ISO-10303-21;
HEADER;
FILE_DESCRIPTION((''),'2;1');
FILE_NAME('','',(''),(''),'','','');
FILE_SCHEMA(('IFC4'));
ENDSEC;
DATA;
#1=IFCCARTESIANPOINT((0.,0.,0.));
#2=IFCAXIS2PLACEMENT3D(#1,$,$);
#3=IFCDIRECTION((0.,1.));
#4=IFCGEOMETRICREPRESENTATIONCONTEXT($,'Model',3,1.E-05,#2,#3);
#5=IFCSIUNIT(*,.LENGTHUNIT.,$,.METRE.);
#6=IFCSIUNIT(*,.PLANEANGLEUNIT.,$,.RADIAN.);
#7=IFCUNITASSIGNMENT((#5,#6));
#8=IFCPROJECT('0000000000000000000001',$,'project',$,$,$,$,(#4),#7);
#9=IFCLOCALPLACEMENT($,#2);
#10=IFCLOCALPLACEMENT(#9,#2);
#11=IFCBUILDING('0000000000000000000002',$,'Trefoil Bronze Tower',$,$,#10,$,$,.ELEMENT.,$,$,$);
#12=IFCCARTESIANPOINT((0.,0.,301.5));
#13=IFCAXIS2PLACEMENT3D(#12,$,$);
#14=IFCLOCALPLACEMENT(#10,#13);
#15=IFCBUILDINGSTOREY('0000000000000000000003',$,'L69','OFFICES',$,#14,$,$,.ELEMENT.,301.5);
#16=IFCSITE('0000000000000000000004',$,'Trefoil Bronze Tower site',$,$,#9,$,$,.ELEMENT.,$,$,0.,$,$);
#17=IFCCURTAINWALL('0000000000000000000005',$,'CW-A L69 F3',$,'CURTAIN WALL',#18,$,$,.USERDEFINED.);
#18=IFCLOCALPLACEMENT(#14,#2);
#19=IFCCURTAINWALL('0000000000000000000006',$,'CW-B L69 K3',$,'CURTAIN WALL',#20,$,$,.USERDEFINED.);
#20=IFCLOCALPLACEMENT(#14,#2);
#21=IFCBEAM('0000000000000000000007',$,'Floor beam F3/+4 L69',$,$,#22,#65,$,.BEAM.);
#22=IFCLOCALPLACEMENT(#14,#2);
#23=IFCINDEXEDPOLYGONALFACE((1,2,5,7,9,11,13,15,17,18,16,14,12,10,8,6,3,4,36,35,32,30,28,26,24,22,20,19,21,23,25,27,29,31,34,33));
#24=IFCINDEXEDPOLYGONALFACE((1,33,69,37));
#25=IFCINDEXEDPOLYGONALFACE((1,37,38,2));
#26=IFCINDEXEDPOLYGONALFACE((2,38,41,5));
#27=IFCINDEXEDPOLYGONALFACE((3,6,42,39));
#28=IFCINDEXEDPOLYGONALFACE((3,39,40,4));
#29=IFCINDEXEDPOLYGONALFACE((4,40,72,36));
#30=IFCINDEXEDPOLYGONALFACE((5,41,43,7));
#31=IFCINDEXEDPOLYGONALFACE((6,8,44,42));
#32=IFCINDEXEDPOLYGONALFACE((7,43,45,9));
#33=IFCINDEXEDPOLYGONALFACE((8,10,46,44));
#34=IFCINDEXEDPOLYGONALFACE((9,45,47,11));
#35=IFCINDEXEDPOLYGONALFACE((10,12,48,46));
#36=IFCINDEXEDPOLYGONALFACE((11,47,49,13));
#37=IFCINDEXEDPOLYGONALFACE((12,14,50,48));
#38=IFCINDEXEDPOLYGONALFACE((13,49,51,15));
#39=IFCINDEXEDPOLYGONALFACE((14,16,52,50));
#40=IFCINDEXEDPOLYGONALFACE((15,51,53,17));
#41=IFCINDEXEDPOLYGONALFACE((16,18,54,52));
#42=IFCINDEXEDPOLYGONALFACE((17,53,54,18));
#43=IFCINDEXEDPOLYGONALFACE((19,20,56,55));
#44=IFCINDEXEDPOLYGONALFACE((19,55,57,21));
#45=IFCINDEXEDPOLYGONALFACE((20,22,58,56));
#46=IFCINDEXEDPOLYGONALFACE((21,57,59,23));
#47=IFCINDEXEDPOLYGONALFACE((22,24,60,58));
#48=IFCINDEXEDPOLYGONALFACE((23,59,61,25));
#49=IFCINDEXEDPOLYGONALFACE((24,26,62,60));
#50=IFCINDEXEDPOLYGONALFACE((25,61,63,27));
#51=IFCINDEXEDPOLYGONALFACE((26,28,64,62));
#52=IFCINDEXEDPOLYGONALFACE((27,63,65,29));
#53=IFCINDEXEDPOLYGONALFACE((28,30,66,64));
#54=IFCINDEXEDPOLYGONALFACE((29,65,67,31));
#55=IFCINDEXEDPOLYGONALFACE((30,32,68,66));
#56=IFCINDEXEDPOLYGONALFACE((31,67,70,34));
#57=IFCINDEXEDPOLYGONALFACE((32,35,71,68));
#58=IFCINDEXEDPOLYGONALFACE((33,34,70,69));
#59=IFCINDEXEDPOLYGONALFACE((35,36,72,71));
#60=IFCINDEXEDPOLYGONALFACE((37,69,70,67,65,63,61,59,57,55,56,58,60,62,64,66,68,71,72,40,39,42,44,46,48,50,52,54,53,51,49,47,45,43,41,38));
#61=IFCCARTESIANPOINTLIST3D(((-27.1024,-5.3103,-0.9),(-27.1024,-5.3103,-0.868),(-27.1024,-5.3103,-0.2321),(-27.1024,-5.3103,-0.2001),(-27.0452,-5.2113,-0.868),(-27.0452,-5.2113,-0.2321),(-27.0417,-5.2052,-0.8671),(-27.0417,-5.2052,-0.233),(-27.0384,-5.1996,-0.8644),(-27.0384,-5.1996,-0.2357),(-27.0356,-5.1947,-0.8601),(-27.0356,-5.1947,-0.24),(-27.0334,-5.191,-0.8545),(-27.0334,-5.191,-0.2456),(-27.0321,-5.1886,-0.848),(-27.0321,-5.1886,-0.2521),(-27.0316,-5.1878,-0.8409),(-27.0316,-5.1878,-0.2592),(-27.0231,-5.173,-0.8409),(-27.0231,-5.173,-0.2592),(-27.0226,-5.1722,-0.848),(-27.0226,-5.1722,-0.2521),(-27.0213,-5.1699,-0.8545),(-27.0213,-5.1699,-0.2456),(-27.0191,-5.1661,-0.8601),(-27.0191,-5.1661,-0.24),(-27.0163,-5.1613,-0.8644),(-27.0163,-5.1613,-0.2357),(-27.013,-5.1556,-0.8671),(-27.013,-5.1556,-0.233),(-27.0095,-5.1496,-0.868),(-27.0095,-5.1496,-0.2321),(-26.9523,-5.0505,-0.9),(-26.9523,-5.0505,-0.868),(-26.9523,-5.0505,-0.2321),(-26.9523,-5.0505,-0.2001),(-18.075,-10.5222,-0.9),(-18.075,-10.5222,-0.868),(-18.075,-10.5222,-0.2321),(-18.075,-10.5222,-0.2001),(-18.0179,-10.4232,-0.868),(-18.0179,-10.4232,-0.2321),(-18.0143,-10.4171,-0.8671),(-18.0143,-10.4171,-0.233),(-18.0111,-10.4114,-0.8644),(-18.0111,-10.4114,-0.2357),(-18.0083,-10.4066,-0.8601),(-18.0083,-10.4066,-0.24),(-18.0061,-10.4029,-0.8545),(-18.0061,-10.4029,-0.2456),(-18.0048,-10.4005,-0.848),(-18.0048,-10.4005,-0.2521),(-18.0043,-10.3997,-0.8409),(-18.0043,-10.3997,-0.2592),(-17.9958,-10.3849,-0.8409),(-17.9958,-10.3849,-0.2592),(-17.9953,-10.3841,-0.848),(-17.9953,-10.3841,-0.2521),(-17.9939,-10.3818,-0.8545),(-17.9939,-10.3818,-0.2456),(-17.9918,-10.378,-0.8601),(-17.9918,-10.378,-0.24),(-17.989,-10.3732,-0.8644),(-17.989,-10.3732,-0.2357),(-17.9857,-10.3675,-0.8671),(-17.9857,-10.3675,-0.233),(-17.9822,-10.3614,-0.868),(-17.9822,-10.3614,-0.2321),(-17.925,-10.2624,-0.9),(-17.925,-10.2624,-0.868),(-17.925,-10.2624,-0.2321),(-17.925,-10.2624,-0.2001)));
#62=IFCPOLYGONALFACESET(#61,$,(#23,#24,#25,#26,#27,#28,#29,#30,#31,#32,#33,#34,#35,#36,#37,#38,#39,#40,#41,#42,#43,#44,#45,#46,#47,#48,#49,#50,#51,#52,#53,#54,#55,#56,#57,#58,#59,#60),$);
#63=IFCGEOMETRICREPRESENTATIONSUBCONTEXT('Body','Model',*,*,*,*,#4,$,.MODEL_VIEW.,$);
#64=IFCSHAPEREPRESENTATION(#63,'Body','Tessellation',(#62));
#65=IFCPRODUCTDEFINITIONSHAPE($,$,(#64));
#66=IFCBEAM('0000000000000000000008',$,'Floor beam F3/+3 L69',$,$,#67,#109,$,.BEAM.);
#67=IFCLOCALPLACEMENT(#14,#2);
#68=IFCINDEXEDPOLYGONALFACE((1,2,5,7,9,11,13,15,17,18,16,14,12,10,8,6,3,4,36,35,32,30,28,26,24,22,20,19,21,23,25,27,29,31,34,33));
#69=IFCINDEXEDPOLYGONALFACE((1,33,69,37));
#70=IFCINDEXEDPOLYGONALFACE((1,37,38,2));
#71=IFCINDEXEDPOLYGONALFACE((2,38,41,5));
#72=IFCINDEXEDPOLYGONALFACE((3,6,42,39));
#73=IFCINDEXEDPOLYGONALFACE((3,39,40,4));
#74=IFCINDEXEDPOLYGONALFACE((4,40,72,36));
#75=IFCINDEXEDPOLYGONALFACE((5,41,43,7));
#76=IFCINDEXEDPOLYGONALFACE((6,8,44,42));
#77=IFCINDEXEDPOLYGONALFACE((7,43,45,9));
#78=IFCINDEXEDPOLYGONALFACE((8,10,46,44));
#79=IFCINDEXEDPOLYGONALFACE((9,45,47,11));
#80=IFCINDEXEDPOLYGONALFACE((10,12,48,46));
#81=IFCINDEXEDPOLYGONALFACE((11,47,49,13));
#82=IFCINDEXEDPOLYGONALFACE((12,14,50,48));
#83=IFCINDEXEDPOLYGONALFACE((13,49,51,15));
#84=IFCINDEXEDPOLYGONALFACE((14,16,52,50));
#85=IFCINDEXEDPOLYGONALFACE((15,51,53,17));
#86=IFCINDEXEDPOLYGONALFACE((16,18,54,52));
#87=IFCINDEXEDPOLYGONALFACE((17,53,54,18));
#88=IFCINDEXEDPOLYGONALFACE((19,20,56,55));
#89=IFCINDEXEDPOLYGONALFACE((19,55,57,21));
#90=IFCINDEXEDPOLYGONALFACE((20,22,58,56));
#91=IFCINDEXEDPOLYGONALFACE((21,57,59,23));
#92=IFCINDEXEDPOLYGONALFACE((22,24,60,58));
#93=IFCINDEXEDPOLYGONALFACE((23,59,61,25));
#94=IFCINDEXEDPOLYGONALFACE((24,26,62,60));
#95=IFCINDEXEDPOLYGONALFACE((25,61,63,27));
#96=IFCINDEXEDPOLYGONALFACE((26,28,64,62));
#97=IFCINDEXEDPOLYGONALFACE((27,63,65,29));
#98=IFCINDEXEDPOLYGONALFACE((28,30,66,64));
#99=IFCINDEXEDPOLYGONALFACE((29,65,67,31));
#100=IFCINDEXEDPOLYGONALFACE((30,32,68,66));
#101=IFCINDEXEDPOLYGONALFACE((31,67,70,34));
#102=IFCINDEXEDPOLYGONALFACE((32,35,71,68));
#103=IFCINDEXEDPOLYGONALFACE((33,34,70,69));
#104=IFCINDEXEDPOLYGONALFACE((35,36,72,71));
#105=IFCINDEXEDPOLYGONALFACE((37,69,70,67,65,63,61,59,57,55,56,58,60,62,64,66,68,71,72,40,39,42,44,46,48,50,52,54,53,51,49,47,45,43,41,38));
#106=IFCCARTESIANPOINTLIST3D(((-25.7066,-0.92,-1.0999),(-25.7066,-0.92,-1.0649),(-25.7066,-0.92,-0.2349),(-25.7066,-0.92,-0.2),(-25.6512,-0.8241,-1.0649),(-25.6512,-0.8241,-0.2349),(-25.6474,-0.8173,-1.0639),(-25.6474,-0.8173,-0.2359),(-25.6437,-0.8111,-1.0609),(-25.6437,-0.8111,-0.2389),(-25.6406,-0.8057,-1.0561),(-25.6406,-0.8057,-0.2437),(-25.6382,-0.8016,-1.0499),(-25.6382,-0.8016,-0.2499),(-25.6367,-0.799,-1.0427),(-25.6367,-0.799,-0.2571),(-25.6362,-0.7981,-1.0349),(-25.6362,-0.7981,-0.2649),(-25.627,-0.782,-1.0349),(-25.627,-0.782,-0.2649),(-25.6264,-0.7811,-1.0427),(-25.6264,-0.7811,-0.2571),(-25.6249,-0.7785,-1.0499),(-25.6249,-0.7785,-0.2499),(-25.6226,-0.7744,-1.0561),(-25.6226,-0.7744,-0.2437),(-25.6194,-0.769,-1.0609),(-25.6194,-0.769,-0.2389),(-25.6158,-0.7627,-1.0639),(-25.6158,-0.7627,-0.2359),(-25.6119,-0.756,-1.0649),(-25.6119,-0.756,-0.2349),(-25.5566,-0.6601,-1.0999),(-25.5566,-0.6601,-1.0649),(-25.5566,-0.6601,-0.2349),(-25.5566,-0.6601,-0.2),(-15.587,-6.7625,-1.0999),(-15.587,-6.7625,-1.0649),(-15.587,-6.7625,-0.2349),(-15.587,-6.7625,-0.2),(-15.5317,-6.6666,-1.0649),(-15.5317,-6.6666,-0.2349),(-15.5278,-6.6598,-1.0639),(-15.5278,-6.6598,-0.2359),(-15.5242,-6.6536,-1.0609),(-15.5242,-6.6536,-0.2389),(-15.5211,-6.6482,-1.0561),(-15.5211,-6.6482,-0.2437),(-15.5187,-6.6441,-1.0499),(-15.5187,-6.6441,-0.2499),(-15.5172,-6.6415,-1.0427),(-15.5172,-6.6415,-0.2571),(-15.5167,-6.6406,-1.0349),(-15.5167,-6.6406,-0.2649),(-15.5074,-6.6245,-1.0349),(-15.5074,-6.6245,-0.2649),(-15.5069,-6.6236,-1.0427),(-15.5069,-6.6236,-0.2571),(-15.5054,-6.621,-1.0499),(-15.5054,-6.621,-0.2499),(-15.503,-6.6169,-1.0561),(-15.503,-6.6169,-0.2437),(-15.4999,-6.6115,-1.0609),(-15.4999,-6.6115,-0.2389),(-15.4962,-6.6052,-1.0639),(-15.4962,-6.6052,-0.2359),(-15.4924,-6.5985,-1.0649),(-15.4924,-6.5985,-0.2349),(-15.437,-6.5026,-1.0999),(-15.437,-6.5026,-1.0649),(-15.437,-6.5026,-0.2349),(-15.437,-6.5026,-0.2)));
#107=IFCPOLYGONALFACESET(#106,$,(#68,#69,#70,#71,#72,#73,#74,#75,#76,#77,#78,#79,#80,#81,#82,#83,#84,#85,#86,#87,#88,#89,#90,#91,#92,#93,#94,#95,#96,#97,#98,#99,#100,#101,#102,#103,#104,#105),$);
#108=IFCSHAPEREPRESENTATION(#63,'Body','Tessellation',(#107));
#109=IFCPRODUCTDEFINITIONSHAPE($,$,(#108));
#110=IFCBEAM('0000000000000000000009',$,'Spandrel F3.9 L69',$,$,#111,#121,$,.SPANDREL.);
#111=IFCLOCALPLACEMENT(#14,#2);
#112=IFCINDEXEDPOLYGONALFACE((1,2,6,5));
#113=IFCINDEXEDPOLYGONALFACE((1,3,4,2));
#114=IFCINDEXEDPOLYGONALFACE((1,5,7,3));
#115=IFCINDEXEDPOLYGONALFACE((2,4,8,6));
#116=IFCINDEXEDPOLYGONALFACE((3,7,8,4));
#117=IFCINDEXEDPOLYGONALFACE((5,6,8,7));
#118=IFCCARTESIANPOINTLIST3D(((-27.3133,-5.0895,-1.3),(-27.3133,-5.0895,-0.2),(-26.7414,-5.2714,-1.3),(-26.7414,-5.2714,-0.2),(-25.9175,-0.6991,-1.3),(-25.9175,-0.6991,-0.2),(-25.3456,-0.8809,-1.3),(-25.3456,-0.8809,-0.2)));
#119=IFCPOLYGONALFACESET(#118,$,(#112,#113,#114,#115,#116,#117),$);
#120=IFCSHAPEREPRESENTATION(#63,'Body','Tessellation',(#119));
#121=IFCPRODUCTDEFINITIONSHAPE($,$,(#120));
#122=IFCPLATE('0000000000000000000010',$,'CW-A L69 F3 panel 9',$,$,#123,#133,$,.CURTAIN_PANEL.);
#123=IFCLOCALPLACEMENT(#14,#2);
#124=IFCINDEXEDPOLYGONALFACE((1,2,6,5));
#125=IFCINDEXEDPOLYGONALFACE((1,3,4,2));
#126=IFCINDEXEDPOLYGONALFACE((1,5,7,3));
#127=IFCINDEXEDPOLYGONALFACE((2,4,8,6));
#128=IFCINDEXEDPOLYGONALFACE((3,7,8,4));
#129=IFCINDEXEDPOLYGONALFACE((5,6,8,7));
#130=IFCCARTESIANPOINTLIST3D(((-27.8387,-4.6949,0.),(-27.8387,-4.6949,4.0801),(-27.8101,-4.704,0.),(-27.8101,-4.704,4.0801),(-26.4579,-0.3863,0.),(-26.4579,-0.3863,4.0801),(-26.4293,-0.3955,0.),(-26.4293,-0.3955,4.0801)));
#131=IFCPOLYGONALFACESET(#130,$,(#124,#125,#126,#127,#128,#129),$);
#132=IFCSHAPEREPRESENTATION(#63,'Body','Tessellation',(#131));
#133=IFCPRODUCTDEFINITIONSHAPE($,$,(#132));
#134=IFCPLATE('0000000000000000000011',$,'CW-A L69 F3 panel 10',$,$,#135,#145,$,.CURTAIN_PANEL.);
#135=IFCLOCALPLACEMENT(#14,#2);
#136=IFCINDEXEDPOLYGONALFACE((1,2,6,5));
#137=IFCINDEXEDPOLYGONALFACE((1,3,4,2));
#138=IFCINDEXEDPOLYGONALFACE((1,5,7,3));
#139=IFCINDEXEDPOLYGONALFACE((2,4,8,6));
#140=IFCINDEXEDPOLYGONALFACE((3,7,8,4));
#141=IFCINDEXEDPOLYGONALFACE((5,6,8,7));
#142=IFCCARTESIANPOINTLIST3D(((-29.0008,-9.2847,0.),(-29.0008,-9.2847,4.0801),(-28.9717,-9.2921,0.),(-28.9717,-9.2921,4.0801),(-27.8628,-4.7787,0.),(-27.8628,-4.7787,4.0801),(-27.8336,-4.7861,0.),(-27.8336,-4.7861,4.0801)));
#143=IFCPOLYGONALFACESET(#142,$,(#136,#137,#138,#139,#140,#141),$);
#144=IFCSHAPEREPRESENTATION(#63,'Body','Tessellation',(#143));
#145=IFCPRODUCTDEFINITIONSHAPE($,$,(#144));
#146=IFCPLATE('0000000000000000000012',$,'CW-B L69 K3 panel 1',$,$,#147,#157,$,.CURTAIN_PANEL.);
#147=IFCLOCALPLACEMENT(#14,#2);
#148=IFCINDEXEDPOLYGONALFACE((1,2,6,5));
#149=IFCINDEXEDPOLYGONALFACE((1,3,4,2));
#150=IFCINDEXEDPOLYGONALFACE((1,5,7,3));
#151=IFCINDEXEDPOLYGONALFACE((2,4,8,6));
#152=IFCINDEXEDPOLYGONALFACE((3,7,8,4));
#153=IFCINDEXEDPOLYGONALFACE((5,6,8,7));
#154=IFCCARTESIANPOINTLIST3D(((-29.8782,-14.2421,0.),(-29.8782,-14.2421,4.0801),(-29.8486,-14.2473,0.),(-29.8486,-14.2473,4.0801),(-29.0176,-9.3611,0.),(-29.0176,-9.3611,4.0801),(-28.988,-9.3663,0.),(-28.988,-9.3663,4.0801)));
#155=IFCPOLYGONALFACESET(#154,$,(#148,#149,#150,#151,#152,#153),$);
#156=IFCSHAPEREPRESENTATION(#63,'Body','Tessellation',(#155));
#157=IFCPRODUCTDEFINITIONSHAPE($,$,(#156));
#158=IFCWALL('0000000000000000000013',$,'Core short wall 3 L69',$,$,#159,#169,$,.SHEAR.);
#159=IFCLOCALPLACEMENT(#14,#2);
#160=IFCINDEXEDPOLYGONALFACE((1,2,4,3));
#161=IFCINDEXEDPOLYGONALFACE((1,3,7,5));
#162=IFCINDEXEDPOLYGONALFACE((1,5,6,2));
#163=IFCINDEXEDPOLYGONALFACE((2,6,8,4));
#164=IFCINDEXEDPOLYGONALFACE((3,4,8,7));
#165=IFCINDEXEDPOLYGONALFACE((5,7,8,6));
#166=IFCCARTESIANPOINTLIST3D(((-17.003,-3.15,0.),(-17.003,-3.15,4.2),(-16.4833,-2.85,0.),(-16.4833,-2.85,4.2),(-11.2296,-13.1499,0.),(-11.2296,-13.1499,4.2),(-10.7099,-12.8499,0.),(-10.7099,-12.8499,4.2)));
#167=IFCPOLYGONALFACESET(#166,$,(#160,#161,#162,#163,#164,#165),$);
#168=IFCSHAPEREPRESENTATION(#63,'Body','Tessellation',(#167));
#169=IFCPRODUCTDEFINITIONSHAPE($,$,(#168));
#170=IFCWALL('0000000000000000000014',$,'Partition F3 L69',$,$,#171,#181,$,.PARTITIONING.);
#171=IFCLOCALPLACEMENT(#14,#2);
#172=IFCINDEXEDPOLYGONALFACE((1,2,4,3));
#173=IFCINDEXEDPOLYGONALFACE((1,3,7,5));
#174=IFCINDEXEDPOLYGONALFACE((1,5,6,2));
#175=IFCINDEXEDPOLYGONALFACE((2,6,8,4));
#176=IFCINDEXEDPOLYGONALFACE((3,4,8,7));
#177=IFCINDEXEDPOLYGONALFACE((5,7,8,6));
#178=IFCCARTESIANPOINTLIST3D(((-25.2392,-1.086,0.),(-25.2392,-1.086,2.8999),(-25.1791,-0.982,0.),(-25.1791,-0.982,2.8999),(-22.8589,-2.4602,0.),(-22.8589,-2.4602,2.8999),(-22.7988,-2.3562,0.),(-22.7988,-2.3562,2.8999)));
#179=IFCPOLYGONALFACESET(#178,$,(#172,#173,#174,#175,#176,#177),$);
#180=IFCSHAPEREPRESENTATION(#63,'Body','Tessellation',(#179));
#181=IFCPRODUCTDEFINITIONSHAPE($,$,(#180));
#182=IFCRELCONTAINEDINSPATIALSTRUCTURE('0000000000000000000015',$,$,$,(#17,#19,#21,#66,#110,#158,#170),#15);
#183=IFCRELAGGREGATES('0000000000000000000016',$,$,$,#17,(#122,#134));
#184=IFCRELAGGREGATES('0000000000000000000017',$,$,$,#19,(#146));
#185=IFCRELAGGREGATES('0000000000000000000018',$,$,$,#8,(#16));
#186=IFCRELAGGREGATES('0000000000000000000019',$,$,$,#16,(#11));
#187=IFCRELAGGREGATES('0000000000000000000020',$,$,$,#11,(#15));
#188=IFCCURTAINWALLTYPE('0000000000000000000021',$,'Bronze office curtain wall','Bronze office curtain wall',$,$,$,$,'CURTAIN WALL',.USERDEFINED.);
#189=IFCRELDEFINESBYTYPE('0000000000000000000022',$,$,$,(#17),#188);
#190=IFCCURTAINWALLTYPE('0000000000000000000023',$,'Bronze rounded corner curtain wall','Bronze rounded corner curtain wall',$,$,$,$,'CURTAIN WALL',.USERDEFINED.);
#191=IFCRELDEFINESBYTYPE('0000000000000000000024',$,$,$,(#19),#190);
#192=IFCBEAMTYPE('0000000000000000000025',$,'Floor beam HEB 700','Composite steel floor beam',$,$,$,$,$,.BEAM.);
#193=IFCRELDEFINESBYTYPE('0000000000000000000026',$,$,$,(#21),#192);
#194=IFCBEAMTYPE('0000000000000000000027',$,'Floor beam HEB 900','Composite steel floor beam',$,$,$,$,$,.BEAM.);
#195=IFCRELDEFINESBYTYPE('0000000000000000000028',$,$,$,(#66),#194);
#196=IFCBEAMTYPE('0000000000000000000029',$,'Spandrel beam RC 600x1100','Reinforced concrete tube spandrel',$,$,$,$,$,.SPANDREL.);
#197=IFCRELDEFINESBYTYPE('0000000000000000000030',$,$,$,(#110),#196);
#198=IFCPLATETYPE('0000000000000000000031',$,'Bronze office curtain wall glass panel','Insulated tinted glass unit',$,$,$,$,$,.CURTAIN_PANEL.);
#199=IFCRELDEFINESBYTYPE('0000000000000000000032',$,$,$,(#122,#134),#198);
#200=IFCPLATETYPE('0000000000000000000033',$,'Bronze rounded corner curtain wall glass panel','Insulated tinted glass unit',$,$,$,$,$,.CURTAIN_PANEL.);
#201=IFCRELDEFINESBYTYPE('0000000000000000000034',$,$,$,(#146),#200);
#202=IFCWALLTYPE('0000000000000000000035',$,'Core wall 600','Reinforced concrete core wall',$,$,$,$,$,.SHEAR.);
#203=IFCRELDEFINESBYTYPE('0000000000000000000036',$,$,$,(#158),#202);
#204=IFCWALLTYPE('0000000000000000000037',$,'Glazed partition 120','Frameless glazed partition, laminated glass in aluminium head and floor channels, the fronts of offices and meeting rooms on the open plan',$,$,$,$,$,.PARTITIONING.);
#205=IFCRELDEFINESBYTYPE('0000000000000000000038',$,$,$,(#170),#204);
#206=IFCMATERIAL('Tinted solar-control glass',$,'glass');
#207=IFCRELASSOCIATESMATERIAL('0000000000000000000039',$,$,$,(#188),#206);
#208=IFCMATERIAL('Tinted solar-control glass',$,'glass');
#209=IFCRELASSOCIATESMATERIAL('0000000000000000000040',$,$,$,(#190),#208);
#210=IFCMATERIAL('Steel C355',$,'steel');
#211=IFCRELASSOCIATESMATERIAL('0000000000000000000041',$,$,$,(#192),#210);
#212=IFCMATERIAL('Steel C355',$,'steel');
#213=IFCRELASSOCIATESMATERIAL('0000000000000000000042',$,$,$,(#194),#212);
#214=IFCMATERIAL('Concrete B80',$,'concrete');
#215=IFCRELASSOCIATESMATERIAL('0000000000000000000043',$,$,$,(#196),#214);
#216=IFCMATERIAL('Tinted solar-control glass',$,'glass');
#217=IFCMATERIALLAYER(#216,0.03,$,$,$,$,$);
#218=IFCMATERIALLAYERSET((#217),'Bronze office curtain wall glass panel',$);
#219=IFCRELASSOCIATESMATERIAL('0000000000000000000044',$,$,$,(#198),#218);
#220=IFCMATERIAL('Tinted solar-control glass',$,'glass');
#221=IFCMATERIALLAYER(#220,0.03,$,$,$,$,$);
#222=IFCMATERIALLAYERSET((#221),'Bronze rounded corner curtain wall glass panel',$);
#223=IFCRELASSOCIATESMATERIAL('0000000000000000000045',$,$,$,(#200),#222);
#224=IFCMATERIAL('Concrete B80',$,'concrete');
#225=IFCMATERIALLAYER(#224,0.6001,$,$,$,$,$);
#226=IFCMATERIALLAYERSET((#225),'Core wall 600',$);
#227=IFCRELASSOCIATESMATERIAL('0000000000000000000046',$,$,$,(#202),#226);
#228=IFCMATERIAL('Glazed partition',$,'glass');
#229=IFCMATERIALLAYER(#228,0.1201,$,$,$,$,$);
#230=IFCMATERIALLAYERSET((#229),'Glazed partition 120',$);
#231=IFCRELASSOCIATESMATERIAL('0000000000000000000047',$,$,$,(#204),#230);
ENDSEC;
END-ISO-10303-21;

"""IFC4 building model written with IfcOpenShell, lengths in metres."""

from ifc_helpers import new_model, si_unit, direction, frame, frame_2d, origin, origin_2d, place, context, subcontext, project, spatial, rectangle, i_section, extrude, material, layer, layer_set, material_profile, profile_set, type_object, element, aggregate, save


model = new_model("IFC4")

# Units and contexts
model_context = context("Model", 3, precision=1e-05, world=origin(), true_north=direction((0.0, 1.0)))
body_context = subcontext(model_context, "Body", "Model", "MODEL_VIEW")
ifc_project = project(units=[si_unit("LENGTHUNIT", "METRE"), si_unit("PLANEANGLEUNIT", "RADIAN")], contexts=[model_context])

# Site, building, storey
site_placement = place(None, origin())
site = spatial("IfcSite", under=ifc_project, at=site_placement, Name="Trefoil Bronze Tower site", CompositionType="ELEMENT", RefElevation=0.0)
building_placement = place(site_placement, origin())
building = spatial("IfcBuilding", under=site, at=building_placement, Name="Trefoil Bronze Tower", CompositionType="ELEMENT")
storey_placement = place(building_placement, frame((0.0, 0.0, 301.5)))
storey = spatial("IfcBuildingStorey", under=building, at=storey_placement, Name="L69", Description="OFFICES", CompositionType="ELEMENT", Elevation=301.5)

# Curtain walls
ifc_material_1 = material(Name="Tinted solar-control glass", Category="glass")
curtain_wall_type_1 = type_object("IfcCurtainWallType", Name="Bronze office curtain wall", Description="Bronze office curtain wall", ElementType="CURTAIN WALL", PredefinedType="USERDEFINED", material=ifc_material_1)
curtain_wall_1_placement = place(storey_placement, origin())
curtain_wall_1 = element("IfcCurtainWall", 1, at=curtain_wall_1_placement, inside=storey, type_object=curtain_wall_type_1, Name="CW-A L69 F3", ObjectType="CURTAIN WALL", PredefinedType="USERDEFINED")
ifc_material_2 = material(Name="Tinted solar-control glass", Category="glass")
curtain_wall_type_2 = type_object("IfcCurtainWallType", Name="Bronze rounded corner curtain wall", Description="Bronze rounded corner curtain wall", ElementType="CURTAIN WALL", PredefinedType="USERDEFINED", material=ifc_material_2)
curtain_wall_2_placement = place(storey_placement, origin())
curtain_wall_2 = element("IfcCurtainWall", 2, at=curtain_wall_2_placement, inside=storey, type_object=curtain_wall_type_2, Name="CW-B L69 K3", ObjectType="CURTAIN WALL", PredefinedType="USERDEFINED")

# Beams
ifc_material_3 = material(Name="Steel C355", Category="steel")
ifc_material_profile_1 = material_profile(ifc_material_3, i_section(OverallWidth=0.3, OverallDepth=0.7, WebThickness=0.0171, FlangeThickness=0.032, FilletRadius=0.0271, at=origin_2d()), Name="HEB 700")
ifc_profile_set_1 = profile_set([ifc_material_profile_1], Name="Steel C355")
beam_type_1 = type_object("IfcBeamType", Name="Floor beam HEB 700", Description="Composite steel floor beam", PredefinedType="BEAM", material=ifc_profile_set_1)
beam_1_placement = place(storey_placement, frame((-27.0273, -5.1804, -0.55), z_axis=(0.866026, -0.499998, 0.0), x_axis=(0.499998, 0.866026, 0.0)))
element("IfcBeam", 3, at=beam_1_placement, inside=storey, type_object=beam_type_1, Name="Floor beam F3/+4 L69", PredefinedType="BEAM", context=body_context, shape_type="SweptSolid", body=[
    extrude(i_section(OverallWidth=0.3, OverallDepth=0.7, WebThickness=0.0171, FlangeThickness=0.032, FilletRadius=0.0271, at=origin_2d()), origin(), (0.0, 0.0, 1.0), 10.4238),
])
ifc_material_4 = material(Name="Steel C355", Category="steel")
ifc_material_profile_2 = material_profile(ifc_material_4, i_section(OverallWidth=0.3, OverallDepth=0.8999, WebThickness=0.0186, FlangeThickness=0.0349, FilletRadius=0.03, at=origin_2d()), Name="HEB 900")
ifc_profile_set_2 = profile_set([ifc_material_profile_2], Name="Steel C355")
beam_type_2 = type_object("IfcBeamType", Name="Floor beam HEB 900", Description="Composite steel floor beam", PredefinedType="BEAM", material=ifc_profile_set_2)
beam_2_placement = place(storey_placement, frame((-25.6316, -0.79, -0.6499), z_axis=(0.866027, -0.499997, 0.0), x_axis=(0.499997, 0.866027, 0.0)))
element("IfcBeam", 4, at=beam_2_placement, inside=storey, type_object=beam_type_2, Name="Floor beam F3/+3 L69", PredefinedType="BEAM", context=body_context, shape_type="SweptSolid", body=[
    extrude(i_section(OverallWidth=0.3, OverallDepth=0.8999, WebThickness=0.0186, FlangeThickness=0.0349, FilletRadius=0.03, at=origin_2d()), origin(), (0.0, 0.0, 1.0), 11.6851),
])
ifc_material_5 = material(Name="Concrete B80", Category="concrete")
ifc_material_profile_3 = material_profile(ifc_material_5, rectangle(XDim=0.6001, YDim=1.1001, at=origin_2d()), Name="RC 600x1100")
ifc_profile_set_3 = profile_set([ifc_material_profile_3], Name="Concrete B80")
beam_type_3 = type_object("IfcBeamType", Name="Spandrel beam RC 600x1100", Description="Reinforced concrete tube spandrel", PredefinedType="SPANDREL", material=ifc_profile_set_3)
beam_3_placement = place(storey_placement, frame((-25.6316, -0.79, -0.75), z_axis=(-0.30297, -0.953, 0.0), x_axis=(0.953, -0.30297, 0.0)))
element("IfcBeam", 5, at=beam_3_placement, inside=storey, type_object=beam_type_3, Name="Spandrel F3.9 L69", PredefinedType="SPANDREL", context=body_context, shape_type="SweptSolid", body=[
    extrude(rectangle(XDim=0.6001, YDim=1.1001, at=origin_2d()), origin(), (0.0, 0.0, 1.0), 4.6069),
])

# Plates
ifc_material_6 = material(Name="Tinted solar-control glass", Category="glass")
ifc_layer_1 = layer(ifc_material_6, 0.03)
ifc_layer_set_1 = layer_set([ifc_layer_1], Name="Bronze office curtain wall glass panel")
plate_type_1 = type_object("IfcPlateType", Name="Bronze office curtain wall glass panel", Description="Insulated tinted glass unit", PredefinedType="CURTAIN_PANEL", material=ifc_layer_set_1)
plate_1_placement = place(storey_placement, frame((-27.134, -2.5452, 0.0), z_axis=(0.0, 0.0, 1.0), x_axis=(-0.305188, -0.952292, 0.0)))
plate_1 = element("IfcPlate", 6, at=plate_1_placement, type_object=plate_type_1, Name="CW-A L69 F3 panel 9", PredefinedType="CURTAIN_PANEL", context=body_context, shape_type="SweptSolid", body=[
    extrude(rectangle(XDim=4.5244, YDim=0.03, at=origin_2d()), origin(), (0.0, 0.0, 1.0), 4.0801),
])
plate_2_placement = place(storey_placement, frame((-28.4172, -7.0354, 0.0), z_axis=(0.0, 0.0, 1.0), x_axis=(-0.24488, -0.969554, 0.0)))
plate_2 = element("IfcPlate", 7, at=plate_2_placement, type_object=plate_type_1, Name="CW-A L69 F3 panel 10", PredefinedType="CURTAIN_PANEL", context=body_context, shape_type="SweptSolid", body=[
    extrude(rectangle(XDim=4.6475, YDim=0.03, at=origin_2d()), origin(), (0.0, 0.0, 1.0), 4.0801),
])
aggregate(curtain_wall_1, [plate_1, plate_2])
ifc_material_7 = material(Name="Tinted solar-control glass", Category="glass")
ifc_layer_2 = layer(ifc_material_7, 0.03)
ifc_layer_set_2 = layer_set([ifc_layer_2], Name="Bronze rounded corner curtain wall glass panel")
plate_type_2 = type_object("IfcPlateType", Name="Bronze rounded corner curtain wall glass panel", Description="Insulated tinted glass unit", PredefinedType="CURTAIN_PANEL", material=ifc_layer_set_2)
plate_3_placement = place(storey_placement, frame((-29.4331, -11.8042, 0.0), z_axis=(0.0, 0.0, 1.0), x_axis=(-0.173648, -0.984808, 0.0)))
plate_3 = element("IfcPlate", 8, at=plate_3_placement, type_object=plate_type_2, Name="CW-B L69 K3 panel 1", PredefinedType="CURTAIN_PANEL", context=body_context, shape_type="SweptSolid", body=[
    extrude(rectangle(XDim=4.9563, YDim=0.03, at=origin_2d()), origin(), (0.0, 0.0, 1.0), 4.0801),
])
aggregate(curtain_wall_2, [plate_3])

# Walls
ifc_material_8 = material(Name="Concrete B80", Category="concrete")
ifc_layer_3 = layer(ifc_material_8, 0.6001)
ifc_layer_set_3 = layer_set([ifc_layer_3], Name="Core wall 600")
wall_type_1 = type_object("IfcWallType", Name="Core wall 600", Description="Reinforced concrete core wall", PredefinedType="SHEAR", material=ifc_layer_set_3)
wall_1_placement = place(storey_placement, frame((-16.7432, -3.0, 0.0), z_axis=(0.0, 0.0, 1.0), x_axis=(0.499996, -0.866028, 0.0)))
element("IfcWall", 9, at=wall_1_placement, inside=storey, type_object=wall_type_1, Name="Core short wall 3 L69", PredefinedType="SHEAR", context=body_context, shape_type="SweptSolid", body=[
    extrude(rectangle(XDim=11.5469, YDim=0.6001, at=frame_2d((5.7734, 0.0))), origin(), (0.0, 0.0, 1.0), 4.2),
])
ifc_material_9 = material(Name="Glazed partition", Category="glass")
ifc_layer_4 = layer(ifc_material_9, 0.1201)
ifc_layer_set_4 = layer_set([ifc_layer_4], Name="Glazed partition 120")
wall_type_2 = type_object("IfcWallType", Name="Glazed partition 120", Description="Frameless glazed partition, laminated glass in aluminium head and floor channels, the fronts of offices and meeting rooms on the open plan", PredefinedType="PARTITIONING", material=ifc_layer_set_4)
wall_2_placement = place(storey_placement, frame((-22.8289, -2.4082, 0.0), z_axis=(0.0, 0.0, 1.0), x_axis=(-0.866032, 0.499989, 0.0)))
element("IfcWall", 10, at=wall_2_placement, inside=storey, type_object=wall_type_2, Name="Partition F3 L69", PredefinedType="PARTITIONING", context=body_context, shape_type="SweptSolid", body=[
    extrude(rectangle(XDim=2.7485, YDim=0.1201, at=frame_2d((1.3743, 0.0))), origin(), (0.0, 0.0, 1.0), 2.8999),
])

save(model, "model.ifc")
